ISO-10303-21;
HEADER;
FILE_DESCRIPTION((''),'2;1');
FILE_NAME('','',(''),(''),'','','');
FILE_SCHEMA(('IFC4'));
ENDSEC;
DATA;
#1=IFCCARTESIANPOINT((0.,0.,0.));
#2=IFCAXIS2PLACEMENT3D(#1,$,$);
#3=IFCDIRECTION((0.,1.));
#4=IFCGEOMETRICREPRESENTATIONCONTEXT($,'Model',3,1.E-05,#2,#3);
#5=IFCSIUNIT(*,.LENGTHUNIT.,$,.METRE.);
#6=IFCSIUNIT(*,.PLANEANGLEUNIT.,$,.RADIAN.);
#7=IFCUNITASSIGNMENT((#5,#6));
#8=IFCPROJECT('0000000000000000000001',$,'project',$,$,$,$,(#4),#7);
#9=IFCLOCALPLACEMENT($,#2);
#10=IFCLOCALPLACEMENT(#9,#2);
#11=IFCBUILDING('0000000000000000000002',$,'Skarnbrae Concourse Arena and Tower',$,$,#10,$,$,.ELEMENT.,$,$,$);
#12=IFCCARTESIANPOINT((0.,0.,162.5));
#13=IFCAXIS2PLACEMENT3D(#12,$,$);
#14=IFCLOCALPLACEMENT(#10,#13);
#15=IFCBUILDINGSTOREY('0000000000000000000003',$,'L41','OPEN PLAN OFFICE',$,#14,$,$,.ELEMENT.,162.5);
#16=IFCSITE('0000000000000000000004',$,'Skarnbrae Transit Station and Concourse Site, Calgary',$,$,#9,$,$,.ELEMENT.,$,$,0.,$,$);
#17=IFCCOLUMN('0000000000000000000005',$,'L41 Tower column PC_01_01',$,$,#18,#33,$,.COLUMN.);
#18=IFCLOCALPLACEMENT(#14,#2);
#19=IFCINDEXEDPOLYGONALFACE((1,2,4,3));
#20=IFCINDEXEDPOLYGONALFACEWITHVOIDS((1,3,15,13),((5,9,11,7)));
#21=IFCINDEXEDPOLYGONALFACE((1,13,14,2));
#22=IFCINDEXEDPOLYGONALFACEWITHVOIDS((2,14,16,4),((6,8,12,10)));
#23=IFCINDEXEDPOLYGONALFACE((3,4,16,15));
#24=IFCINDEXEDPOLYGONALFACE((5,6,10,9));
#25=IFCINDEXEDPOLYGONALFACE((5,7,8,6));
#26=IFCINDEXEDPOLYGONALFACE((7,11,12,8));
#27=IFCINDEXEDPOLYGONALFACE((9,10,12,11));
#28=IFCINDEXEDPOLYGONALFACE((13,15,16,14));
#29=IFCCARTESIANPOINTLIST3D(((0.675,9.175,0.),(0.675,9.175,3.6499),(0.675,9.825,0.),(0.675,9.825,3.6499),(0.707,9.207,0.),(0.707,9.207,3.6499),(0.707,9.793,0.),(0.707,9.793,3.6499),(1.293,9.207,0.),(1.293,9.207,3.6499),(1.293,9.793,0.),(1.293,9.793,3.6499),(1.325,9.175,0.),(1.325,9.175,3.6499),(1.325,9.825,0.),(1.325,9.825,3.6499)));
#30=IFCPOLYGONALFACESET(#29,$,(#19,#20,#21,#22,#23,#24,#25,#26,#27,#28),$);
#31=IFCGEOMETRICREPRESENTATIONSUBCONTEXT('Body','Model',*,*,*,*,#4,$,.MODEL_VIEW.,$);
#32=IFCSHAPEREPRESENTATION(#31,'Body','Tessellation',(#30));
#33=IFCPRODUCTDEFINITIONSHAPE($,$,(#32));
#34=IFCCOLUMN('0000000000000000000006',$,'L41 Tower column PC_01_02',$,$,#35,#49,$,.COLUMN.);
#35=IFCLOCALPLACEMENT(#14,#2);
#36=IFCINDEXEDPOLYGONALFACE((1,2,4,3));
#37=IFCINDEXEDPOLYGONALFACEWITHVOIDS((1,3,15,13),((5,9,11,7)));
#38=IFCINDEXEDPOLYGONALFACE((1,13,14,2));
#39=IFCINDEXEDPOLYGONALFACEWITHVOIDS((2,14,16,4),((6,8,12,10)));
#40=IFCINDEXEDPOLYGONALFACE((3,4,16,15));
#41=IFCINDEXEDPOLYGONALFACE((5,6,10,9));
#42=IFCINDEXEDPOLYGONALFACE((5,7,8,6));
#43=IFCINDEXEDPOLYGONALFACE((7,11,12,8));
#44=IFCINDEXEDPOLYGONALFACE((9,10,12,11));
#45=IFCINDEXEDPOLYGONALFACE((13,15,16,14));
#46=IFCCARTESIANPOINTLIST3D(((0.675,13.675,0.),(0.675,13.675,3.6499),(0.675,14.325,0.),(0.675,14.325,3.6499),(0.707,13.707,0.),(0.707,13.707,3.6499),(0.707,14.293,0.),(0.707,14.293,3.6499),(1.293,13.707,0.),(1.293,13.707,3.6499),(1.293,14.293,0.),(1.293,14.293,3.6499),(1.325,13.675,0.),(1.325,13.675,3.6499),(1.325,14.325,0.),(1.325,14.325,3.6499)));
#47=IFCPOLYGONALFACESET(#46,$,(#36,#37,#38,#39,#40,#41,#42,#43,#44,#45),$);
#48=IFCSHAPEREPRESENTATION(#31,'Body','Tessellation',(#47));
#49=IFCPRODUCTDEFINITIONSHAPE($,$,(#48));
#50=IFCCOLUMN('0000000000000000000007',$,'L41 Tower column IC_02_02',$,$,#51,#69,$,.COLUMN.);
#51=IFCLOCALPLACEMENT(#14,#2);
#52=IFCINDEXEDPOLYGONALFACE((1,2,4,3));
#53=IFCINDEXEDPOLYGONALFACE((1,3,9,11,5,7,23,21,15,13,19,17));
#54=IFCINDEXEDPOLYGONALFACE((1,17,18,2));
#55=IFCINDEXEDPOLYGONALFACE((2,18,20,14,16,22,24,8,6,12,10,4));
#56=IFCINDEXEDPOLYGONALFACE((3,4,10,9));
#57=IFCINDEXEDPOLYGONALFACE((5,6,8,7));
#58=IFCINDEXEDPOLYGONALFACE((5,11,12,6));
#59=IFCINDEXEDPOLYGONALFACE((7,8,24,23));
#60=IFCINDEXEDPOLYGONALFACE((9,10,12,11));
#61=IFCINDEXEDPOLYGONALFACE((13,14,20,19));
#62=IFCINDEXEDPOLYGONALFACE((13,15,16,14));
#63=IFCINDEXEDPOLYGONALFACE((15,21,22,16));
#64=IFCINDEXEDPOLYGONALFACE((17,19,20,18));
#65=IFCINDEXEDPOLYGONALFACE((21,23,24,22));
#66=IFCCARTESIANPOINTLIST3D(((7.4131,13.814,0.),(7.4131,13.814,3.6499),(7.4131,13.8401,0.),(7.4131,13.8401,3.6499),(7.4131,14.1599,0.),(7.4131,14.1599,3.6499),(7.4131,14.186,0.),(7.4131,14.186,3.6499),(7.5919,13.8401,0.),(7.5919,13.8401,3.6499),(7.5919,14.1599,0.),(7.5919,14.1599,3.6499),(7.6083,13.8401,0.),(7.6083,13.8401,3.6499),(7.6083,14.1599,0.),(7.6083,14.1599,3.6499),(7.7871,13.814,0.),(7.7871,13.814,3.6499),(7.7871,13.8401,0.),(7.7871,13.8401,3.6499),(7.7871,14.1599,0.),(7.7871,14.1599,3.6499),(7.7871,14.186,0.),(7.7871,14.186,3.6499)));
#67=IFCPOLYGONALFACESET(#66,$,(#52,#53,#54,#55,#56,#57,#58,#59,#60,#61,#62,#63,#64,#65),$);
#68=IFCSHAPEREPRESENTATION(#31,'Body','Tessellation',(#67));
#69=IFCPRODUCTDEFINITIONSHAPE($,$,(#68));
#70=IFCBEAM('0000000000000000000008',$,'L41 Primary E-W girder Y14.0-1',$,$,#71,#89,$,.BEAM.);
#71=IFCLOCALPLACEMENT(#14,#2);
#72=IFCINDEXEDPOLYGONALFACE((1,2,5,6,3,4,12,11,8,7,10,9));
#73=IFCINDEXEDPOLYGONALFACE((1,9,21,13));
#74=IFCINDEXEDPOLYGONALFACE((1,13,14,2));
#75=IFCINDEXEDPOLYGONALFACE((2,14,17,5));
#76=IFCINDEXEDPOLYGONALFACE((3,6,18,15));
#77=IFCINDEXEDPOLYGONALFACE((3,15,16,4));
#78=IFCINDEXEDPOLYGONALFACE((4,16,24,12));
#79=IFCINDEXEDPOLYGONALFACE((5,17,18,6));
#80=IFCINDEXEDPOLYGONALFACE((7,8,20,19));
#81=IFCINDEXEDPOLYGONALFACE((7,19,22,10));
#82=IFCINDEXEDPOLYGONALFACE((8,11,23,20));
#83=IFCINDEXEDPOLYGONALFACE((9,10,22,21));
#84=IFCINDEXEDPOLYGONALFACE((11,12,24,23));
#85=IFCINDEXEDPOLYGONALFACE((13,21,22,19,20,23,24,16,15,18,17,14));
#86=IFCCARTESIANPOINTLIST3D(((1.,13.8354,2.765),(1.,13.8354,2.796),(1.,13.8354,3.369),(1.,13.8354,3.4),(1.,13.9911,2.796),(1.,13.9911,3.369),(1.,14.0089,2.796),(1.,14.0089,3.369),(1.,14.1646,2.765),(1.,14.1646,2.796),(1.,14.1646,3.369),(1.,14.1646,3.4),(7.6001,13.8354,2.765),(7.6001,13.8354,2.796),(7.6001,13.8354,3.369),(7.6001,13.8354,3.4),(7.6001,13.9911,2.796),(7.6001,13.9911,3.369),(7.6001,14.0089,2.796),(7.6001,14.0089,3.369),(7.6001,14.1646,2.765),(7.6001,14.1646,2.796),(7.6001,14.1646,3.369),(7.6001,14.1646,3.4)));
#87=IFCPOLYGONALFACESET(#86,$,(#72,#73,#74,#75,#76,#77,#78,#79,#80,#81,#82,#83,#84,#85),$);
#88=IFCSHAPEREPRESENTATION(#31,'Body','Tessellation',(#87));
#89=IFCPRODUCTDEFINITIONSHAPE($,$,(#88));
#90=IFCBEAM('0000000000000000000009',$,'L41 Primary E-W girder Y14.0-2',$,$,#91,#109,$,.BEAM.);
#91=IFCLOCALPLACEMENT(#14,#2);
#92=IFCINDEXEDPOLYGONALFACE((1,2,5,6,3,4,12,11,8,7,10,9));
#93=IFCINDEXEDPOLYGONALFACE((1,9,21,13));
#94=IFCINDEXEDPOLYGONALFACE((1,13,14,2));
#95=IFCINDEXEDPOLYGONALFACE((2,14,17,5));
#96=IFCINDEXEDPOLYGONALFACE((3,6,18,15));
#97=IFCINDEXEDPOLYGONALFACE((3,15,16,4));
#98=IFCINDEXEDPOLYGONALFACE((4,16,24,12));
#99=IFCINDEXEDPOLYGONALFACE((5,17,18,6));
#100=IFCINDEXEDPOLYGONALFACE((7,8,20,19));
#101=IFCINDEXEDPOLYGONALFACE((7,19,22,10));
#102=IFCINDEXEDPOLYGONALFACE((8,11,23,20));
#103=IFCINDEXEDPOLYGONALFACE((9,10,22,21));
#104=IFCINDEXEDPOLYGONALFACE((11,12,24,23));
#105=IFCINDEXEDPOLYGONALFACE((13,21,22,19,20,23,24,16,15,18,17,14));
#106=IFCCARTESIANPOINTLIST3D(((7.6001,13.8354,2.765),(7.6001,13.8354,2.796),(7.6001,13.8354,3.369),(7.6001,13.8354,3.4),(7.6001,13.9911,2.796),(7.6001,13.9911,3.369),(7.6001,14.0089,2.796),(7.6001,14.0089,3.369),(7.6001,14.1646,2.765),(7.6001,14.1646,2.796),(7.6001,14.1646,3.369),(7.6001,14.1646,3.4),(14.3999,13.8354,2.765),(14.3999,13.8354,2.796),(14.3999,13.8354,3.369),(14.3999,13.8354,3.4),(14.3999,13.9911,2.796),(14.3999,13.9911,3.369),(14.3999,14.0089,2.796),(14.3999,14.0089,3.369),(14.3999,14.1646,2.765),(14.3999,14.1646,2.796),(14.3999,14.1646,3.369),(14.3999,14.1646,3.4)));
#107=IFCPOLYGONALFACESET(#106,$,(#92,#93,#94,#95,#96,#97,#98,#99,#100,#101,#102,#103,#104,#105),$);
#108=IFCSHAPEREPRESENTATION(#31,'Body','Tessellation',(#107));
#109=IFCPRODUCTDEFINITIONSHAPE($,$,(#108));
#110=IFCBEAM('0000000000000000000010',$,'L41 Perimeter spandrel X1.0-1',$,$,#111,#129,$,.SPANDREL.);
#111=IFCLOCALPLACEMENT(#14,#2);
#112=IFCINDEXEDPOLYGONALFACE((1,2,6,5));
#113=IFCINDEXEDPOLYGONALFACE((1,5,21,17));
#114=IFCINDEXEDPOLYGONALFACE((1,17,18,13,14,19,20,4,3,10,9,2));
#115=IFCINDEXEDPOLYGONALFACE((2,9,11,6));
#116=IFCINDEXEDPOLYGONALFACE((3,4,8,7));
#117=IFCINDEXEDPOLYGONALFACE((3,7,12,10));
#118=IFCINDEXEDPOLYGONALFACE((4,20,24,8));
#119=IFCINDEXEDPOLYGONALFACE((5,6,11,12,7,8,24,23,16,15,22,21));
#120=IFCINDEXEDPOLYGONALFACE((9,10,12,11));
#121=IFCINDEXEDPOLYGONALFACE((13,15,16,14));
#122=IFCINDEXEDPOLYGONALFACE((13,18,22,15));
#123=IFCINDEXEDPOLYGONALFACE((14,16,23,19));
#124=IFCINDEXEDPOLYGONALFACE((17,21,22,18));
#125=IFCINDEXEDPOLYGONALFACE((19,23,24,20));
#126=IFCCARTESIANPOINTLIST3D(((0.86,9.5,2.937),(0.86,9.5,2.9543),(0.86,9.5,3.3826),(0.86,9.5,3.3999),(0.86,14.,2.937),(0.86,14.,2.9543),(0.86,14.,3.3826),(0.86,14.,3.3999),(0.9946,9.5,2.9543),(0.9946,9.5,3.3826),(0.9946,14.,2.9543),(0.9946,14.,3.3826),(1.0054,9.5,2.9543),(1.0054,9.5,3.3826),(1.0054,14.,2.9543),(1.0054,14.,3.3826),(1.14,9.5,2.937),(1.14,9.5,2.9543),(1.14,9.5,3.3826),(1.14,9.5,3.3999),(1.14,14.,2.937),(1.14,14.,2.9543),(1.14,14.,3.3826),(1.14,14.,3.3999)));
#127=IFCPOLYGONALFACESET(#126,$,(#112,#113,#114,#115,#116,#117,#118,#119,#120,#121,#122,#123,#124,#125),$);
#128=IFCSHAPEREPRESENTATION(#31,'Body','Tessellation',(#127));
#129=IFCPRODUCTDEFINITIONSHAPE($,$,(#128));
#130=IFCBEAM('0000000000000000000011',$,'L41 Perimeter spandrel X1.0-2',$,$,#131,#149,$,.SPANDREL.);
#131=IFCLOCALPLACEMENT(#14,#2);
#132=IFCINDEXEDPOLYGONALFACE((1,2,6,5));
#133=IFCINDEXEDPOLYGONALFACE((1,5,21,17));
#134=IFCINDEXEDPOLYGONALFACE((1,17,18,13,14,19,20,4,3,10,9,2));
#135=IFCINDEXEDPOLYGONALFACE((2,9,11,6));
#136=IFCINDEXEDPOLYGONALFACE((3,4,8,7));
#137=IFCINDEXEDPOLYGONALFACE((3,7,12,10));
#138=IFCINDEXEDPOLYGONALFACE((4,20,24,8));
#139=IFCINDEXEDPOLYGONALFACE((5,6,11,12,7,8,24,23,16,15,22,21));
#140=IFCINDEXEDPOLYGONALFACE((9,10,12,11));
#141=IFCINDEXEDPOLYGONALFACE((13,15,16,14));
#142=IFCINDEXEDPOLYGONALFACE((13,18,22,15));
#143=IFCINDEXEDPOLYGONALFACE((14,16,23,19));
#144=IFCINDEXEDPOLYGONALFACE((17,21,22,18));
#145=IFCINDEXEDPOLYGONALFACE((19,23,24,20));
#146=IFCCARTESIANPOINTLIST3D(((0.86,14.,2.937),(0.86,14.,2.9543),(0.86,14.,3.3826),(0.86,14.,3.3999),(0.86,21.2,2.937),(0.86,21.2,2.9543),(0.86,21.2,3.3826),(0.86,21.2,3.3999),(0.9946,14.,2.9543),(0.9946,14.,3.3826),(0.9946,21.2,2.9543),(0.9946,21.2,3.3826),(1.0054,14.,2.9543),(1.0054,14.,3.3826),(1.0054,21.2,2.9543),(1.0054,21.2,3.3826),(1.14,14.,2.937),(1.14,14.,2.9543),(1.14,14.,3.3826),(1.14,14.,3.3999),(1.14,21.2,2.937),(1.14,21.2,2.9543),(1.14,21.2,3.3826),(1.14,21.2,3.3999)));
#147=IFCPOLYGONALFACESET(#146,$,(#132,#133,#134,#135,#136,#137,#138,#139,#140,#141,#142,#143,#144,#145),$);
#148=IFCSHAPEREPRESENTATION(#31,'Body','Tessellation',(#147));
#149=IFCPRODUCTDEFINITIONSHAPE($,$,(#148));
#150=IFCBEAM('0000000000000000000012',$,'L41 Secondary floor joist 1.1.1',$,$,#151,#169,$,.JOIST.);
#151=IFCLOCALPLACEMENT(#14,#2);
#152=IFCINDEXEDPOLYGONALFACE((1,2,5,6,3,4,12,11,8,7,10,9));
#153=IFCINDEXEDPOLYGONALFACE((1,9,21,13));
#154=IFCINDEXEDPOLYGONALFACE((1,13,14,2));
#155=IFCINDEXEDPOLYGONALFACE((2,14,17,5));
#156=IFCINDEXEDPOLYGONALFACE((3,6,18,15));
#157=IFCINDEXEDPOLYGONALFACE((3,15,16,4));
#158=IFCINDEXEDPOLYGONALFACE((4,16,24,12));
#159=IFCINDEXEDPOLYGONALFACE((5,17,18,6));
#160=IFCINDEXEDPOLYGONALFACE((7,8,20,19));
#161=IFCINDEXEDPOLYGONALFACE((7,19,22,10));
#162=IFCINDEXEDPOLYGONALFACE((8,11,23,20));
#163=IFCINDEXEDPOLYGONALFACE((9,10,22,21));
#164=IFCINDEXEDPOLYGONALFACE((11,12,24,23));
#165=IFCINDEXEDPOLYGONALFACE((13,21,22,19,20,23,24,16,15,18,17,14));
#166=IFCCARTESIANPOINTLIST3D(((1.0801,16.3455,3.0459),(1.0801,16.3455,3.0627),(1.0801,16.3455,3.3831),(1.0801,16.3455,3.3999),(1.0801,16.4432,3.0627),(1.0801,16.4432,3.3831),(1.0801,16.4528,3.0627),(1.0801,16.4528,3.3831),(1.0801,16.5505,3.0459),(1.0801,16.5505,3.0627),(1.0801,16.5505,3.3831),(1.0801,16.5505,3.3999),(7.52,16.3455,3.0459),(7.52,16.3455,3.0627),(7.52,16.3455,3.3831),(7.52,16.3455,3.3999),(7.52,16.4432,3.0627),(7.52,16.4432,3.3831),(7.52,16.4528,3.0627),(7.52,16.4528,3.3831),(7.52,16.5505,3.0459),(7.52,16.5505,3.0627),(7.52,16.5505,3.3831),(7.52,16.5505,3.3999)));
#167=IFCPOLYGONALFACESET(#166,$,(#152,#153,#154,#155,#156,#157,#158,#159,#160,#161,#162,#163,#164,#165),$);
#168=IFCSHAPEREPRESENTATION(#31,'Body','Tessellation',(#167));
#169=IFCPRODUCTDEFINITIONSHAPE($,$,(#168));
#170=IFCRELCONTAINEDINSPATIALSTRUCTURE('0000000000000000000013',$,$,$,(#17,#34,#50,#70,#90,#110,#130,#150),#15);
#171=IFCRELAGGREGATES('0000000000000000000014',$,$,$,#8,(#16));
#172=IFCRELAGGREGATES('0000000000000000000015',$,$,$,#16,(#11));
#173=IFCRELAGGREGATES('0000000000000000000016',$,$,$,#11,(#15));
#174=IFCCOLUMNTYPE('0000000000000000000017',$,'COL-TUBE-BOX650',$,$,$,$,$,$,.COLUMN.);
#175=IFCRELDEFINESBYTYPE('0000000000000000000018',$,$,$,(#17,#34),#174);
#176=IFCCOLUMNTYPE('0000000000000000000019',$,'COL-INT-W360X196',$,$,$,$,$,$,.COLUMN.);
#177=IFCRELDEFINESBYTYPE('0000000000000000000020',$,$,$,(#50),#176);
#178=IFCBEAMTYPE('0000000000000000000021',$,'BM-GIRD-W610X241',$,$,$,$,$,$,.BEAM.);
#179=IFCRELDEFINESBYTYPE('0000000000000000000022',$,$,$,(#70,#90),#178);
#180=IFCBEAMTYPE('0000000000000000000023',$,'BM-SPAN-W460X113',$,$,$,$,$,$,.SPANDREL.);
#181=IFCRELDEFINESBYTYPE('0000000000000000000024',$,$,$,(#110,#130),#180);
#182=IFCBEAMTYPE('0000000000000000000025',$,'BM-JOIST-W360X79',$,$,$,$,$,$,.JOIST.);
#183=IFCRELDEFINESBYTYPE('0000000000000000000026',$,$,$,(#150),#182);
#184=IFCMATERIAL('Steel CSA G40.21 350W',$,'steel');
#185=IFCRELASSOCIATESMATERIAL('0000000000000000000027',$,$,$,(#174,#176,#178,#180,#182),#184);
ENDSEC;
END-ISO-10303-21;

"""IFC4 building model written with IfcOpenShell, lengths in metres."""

from ifc_helpers import new_model, si_unit, direction, frame, origin, origin_2d, place, context, subcontext, project, spatial, hollow_rectangle, i_section, extrude, source, transform, mapped, material, material_profile, profile_set, type_object, element, save


model = new_model("IFC4")

# Units and contexts
model_context = context("Model", 3, precision=1e-05, world=origin(), true_north=direction((0.0, 1.0)))
body_context = subcontext(model_context, "Body", "Model", "MODEL_VIEW")
ifc_project = project(units=[si_unit("LENGTHUNIT", "METRE"), si_unit("PLANEANGLEUNIT", "RADIAN")], contexts=[model_context])

# Site, building, storey
site_placement = place(None, origin())
site = spatial("IfcSite", under=ifc_project, at=site_placement, Name="Skarnbrae Transit Station and Concourse Site, Calgary", CompositionType="ELEMENT", RefElevation=0.0)
building_placement = place(site_placement, origin())
building = spatial("IfcBuilding", under=site, at=building_placement, Name="Skarnbrae Concourse Arena and Tower", CompositionType="ELEMENT")
storey_placement = place(building_placement, frame((0.0, 0.0, 162.5)))
storey = spatial("IfcBuildingStorey", under=building, at=storey_placement, Name="L41", Description="OPEN PLAN OFFICE", CompositionType="ELEMENT", Elevation=162.5)

# Columns
ifc_material_1 = material(Name="Steel CSA G40.21 350W", Category="steel")
ifc_material_profile_1 = material_profile(ifc_material_1, hollow_rectangle(XDim=0.6499, YDim=0.6499, WallThickness=0.032, at=origin_2d()), Name="BOX650X650X32")
ifc_profile_set_1 = profile_set([ifc_material_profile_1], Name="Steel CSA G40.21 350W")
column_type_1 = type_object("IfcColumnType", Name="COL-TUBE-BOX650", PredefinedType="COLUMN", material=ifc_profile_set_1)
shared_shape_1 = source(origin(), body_context, "Body", "SweptSolid", [
    extrude(hollow_rectangle(XDim=0.6499, YDim=0.6499, WallThickness=0.032, at=origin_2d()), origin(), (0.0, 0.0, 1.0), 3.6499),
])
for number, where, z_axis, x_axis, name in (
    (1, (1.0, 9.5, 0.0), (0.0, 0.0, 1.0), (1.0, 0.0, 0.0), "L41 Tower column PC_01_01"),
    (2, (1.0, 14.0, 0.0), (0.0, 0.0, 1.0), (1.0, 0.0, 0.0), "L41 Tower column PC_01_02"),
):
    element("IfcColumn", number, at=place(storey_placement, frame(where, z_axis=z_axis, x_axis=x_axis)), inside=storey, type_object=column_type_1, Name=name, PredefinedType="COLUMN", context=body_context, shape_type="MappedRepresentation", body=[
        mapped(shared_shape_1, transform((0.0, 0.0, 0.0))),
    ])
ifc_material_profile_2 = material_profile(ifc_material_1, i_section(OverallWidth=0.374, OverallDepth=0.3721, WebThickness=0.0164, FlangeThickness=0.0261, at=origin_2d()), Name="W360X196")
ifc_profile_set_2 = profile_set([ifc_material_profile_2], Name="Steel CSA G40.21 350W")
column_type_2 = type_object("IfcColumnType", Name="COL-INT-W360X196", PredefinedType="COLUMN", material=ifc_profile_set_2)
shared_shape_2 = source(origin(), body_context, "Body", "SweptSolid", [
    extrude(i_section(OverallWidth=0.374, OverallDepth=0.3721, WebThickness=0.0164, FlangeThickness=0.0261, at=origin_2d()), origin(), (0.0, 0.0, 1.0), 3.6499),
])
column_placement = place(storey_placement, frame((7.6001, 14.0, 0.0), z_axis=(0.0, 0.0, 1.0), x_axis=(1.0, 0.0, 0.0)))
element("IfcColumn", 3, at=column_placement, inside=storey, type_object=column_type_2, Name="L41 Tower column IC_02_02", PredefinedType="COLUMN", context=body_context, shape_type="MappedRepresentation", body=[
    mapped(shared_shape_2, transform((0.0, 0.0, 0.0))),
])

# Beams
ifc_material_profile_3 = material_profile(ifc_material_1, i_section(OverallWidth=0.3291, OverallDepth=0.635, WebThickness=0.0178, FlangeThickness=0.031, at=origin_2d()), Name="W610X241")
ifc_profile_set_3 = profile_set([ifc_material_profile_3], Name="Steel CSA G40.21 350W")
beam_type_1 = type_object("IfcBeamType", Name="BM-GIRD-W610X241", PredefinedType="BEAM", material=ifc_profile_set_3)
shared_shape_3 = source(origin(), body_context, "Body", "SweptSolid", [
    extrude(i_section(OverallWidth=0.3291, OverallDepth=0.635, WebThickness=0.0178, FlangeThickness=0.031, at=origin_2d()), origin(), (0.0, 0.0, 1.0), 6.6001),
])
beam_1_placement = place(storey_placement, frame((1.0, 14.0, 3.0825), z_axis=(1.0, 0.0, 0.0), x_axis=(0.0, 1.0, 0.0)))
element("IfcBeam", 4, at=beam_1_placement, inside=storey, type_object=beam_type_1, Name="L41 Primary E-W girder Y14.0-1", PredefinedType="BEAM", context=body_context, shape_type="MappedRepresentation", body=[
    mapped(shared_shape_3, transform((0.0, 0.0, 0.0))),
])
shared_shape_4 = source(origin(), body_context, "Body", "SweptSolid", [
    extrude(i_section(OverallWidth=0.3291, OverallDepth=0.635, WebThickness=0.0178, FlangeThickness=0.031, at=origin_2d()), origin(), (0.0, 0.0, 1.0), 6.7998),
])
beam_2_placement = place(storey_placement, frame((7.6001, 14.0, 3.0825), z_axis=(1.0, 0.0, 0.0), x_axis=(0.0, 1.0, 0.0)))
element("IfcBeam", 5, at=beam_2_placement, inside=storey, type_object=beam_type_1, Name="L41 Primary E-W girder Y14.0-2", PredefinedType="BEAM", context=body_context, shape_type="MappedRepresentation", body=[
    mapped(shared_shape_4, transform((0.0, 0.0, 0.0))),
])
ifc_material_profile_4 = material_profile(ifc_material_1, i_section(OverallWidth=0.28, OverallDepth=0.4629, WebThickness=0.0107, FlangeThickness=0.0173, at=origin_2d()), Name="W460X113")
ifc_profile_set_4 = profile_set([ifc_material_profile_4], Name="Steel CSA G40.21 350W")
beam_type_2 = type_object("IfcBeamType", Name="BM-SPAN-W460X113", PredefinedType="SPANDREL", material=ifc_profile_set_4)
shared_shape_5 = source(origin(), body_context, "Body", "SweptSolid", [
    extrude(i_section(OverallWidth=0.28, OverallDepth=0.4629, WebThickness=0.0107, FlangeThickness=0.0173, at=origin_2d()), origin(), (0.0, 0.0, 1.0), 4.5),
])
beam_3_placement = place(storey_placement, frame((1.0, 9.5, 3.1685), z_axis=(0.0, 1.0, 0.0), x_axis=(-1.0, 0.0, 0.0)))
element("IfcBeam", 6, at=beam_3_placement, inside=storey, type_object=beam_type_2, Name="L41 Perimeter spandrel X1.0-1", PredefinedType="SPANDREL", context=body_context, shape_type="MappedRepresentation", body=[
    mapped(shared_shape_5, transform((0.0, 0.0, 0.0))),
])
shared_shape_6 = source(origin(), body_context, "Body", "SweptSolid", [
    extrude(i_section(OverallWidth=0.28, OverallDepth=0.4629, WebThickness=0.0107, FlangeThickness=0.0173, at=origin_2d()), origin(), (0.0, 0.0, 1.0), 7.2),
])
beam_4_placement = place(storey_placement, frame((1.0, 14.0, 3.1685), z_axis=(0.0, 1.0, 0.0), x_axis=(-1.0, 0.0, 0.0)))
element("IfcBeam", 7, at=beam_4_placement, inside=storey, type_object=beam_type_2, Name="L41 Perimeter spandrel X1.0-2", PredefinedType="SPANDREL", context=body_context, shape_type="MappedRepresentation", body=[
    mapped(shared_shape_6, transform((0.0, 0.0, 0.0))),
])
ifc_material_profile_5 = material_profile(ifc_material_1, i_section(OverallWidth=0.2051, OverallDepth=0.354, WebThickness=0.0095, FlangeThickness=0.0168, at=origin_2d()), Name="W360X79")
ifc_profile_set_5 = profile_set([ifc_material_profile_5], Name="Steel CSA G40.21 350W")
beam_type_3 = type_object("IfcBeamType", Name="BM-JOIST-W360X79", PredefinedType="JOIST", material=ifc_profile_set_5)
shared_shape_7 = source(origin(), body_context, "Body", "SweptSolid", [
    extrude(i_section(OverallWidth=0.2051, OverallDepth=0.354, WebThickness=0.0095, FlangeThickness=0.0168, at=origin_2d()), origin(), (0.0, 0.0, 1.0), 6.4399),
])
for number, where, z_axis, x_axis, name in (
    (8, (1.0801, 16.448, 3.2229), (1.0, 0.0, 0.0), (0.0, 1.0, 0.0), "L41 Secondary floor joist 1.1.1"),
):
    element("IfcBeam", number, at=place(storey_placement, frame(where, z_axis=z_axis, x_axis=x_axis)), inside=storey, type_object=beam_type_3, Name=name, PredefinedType="JOIST", context=body_context, shape_type="MappedRepresentation", body=[
        mapped(shared_shape_7, transform((0.0, 0.0, 0.0))),
    ])

save(model, "model.ifc")
